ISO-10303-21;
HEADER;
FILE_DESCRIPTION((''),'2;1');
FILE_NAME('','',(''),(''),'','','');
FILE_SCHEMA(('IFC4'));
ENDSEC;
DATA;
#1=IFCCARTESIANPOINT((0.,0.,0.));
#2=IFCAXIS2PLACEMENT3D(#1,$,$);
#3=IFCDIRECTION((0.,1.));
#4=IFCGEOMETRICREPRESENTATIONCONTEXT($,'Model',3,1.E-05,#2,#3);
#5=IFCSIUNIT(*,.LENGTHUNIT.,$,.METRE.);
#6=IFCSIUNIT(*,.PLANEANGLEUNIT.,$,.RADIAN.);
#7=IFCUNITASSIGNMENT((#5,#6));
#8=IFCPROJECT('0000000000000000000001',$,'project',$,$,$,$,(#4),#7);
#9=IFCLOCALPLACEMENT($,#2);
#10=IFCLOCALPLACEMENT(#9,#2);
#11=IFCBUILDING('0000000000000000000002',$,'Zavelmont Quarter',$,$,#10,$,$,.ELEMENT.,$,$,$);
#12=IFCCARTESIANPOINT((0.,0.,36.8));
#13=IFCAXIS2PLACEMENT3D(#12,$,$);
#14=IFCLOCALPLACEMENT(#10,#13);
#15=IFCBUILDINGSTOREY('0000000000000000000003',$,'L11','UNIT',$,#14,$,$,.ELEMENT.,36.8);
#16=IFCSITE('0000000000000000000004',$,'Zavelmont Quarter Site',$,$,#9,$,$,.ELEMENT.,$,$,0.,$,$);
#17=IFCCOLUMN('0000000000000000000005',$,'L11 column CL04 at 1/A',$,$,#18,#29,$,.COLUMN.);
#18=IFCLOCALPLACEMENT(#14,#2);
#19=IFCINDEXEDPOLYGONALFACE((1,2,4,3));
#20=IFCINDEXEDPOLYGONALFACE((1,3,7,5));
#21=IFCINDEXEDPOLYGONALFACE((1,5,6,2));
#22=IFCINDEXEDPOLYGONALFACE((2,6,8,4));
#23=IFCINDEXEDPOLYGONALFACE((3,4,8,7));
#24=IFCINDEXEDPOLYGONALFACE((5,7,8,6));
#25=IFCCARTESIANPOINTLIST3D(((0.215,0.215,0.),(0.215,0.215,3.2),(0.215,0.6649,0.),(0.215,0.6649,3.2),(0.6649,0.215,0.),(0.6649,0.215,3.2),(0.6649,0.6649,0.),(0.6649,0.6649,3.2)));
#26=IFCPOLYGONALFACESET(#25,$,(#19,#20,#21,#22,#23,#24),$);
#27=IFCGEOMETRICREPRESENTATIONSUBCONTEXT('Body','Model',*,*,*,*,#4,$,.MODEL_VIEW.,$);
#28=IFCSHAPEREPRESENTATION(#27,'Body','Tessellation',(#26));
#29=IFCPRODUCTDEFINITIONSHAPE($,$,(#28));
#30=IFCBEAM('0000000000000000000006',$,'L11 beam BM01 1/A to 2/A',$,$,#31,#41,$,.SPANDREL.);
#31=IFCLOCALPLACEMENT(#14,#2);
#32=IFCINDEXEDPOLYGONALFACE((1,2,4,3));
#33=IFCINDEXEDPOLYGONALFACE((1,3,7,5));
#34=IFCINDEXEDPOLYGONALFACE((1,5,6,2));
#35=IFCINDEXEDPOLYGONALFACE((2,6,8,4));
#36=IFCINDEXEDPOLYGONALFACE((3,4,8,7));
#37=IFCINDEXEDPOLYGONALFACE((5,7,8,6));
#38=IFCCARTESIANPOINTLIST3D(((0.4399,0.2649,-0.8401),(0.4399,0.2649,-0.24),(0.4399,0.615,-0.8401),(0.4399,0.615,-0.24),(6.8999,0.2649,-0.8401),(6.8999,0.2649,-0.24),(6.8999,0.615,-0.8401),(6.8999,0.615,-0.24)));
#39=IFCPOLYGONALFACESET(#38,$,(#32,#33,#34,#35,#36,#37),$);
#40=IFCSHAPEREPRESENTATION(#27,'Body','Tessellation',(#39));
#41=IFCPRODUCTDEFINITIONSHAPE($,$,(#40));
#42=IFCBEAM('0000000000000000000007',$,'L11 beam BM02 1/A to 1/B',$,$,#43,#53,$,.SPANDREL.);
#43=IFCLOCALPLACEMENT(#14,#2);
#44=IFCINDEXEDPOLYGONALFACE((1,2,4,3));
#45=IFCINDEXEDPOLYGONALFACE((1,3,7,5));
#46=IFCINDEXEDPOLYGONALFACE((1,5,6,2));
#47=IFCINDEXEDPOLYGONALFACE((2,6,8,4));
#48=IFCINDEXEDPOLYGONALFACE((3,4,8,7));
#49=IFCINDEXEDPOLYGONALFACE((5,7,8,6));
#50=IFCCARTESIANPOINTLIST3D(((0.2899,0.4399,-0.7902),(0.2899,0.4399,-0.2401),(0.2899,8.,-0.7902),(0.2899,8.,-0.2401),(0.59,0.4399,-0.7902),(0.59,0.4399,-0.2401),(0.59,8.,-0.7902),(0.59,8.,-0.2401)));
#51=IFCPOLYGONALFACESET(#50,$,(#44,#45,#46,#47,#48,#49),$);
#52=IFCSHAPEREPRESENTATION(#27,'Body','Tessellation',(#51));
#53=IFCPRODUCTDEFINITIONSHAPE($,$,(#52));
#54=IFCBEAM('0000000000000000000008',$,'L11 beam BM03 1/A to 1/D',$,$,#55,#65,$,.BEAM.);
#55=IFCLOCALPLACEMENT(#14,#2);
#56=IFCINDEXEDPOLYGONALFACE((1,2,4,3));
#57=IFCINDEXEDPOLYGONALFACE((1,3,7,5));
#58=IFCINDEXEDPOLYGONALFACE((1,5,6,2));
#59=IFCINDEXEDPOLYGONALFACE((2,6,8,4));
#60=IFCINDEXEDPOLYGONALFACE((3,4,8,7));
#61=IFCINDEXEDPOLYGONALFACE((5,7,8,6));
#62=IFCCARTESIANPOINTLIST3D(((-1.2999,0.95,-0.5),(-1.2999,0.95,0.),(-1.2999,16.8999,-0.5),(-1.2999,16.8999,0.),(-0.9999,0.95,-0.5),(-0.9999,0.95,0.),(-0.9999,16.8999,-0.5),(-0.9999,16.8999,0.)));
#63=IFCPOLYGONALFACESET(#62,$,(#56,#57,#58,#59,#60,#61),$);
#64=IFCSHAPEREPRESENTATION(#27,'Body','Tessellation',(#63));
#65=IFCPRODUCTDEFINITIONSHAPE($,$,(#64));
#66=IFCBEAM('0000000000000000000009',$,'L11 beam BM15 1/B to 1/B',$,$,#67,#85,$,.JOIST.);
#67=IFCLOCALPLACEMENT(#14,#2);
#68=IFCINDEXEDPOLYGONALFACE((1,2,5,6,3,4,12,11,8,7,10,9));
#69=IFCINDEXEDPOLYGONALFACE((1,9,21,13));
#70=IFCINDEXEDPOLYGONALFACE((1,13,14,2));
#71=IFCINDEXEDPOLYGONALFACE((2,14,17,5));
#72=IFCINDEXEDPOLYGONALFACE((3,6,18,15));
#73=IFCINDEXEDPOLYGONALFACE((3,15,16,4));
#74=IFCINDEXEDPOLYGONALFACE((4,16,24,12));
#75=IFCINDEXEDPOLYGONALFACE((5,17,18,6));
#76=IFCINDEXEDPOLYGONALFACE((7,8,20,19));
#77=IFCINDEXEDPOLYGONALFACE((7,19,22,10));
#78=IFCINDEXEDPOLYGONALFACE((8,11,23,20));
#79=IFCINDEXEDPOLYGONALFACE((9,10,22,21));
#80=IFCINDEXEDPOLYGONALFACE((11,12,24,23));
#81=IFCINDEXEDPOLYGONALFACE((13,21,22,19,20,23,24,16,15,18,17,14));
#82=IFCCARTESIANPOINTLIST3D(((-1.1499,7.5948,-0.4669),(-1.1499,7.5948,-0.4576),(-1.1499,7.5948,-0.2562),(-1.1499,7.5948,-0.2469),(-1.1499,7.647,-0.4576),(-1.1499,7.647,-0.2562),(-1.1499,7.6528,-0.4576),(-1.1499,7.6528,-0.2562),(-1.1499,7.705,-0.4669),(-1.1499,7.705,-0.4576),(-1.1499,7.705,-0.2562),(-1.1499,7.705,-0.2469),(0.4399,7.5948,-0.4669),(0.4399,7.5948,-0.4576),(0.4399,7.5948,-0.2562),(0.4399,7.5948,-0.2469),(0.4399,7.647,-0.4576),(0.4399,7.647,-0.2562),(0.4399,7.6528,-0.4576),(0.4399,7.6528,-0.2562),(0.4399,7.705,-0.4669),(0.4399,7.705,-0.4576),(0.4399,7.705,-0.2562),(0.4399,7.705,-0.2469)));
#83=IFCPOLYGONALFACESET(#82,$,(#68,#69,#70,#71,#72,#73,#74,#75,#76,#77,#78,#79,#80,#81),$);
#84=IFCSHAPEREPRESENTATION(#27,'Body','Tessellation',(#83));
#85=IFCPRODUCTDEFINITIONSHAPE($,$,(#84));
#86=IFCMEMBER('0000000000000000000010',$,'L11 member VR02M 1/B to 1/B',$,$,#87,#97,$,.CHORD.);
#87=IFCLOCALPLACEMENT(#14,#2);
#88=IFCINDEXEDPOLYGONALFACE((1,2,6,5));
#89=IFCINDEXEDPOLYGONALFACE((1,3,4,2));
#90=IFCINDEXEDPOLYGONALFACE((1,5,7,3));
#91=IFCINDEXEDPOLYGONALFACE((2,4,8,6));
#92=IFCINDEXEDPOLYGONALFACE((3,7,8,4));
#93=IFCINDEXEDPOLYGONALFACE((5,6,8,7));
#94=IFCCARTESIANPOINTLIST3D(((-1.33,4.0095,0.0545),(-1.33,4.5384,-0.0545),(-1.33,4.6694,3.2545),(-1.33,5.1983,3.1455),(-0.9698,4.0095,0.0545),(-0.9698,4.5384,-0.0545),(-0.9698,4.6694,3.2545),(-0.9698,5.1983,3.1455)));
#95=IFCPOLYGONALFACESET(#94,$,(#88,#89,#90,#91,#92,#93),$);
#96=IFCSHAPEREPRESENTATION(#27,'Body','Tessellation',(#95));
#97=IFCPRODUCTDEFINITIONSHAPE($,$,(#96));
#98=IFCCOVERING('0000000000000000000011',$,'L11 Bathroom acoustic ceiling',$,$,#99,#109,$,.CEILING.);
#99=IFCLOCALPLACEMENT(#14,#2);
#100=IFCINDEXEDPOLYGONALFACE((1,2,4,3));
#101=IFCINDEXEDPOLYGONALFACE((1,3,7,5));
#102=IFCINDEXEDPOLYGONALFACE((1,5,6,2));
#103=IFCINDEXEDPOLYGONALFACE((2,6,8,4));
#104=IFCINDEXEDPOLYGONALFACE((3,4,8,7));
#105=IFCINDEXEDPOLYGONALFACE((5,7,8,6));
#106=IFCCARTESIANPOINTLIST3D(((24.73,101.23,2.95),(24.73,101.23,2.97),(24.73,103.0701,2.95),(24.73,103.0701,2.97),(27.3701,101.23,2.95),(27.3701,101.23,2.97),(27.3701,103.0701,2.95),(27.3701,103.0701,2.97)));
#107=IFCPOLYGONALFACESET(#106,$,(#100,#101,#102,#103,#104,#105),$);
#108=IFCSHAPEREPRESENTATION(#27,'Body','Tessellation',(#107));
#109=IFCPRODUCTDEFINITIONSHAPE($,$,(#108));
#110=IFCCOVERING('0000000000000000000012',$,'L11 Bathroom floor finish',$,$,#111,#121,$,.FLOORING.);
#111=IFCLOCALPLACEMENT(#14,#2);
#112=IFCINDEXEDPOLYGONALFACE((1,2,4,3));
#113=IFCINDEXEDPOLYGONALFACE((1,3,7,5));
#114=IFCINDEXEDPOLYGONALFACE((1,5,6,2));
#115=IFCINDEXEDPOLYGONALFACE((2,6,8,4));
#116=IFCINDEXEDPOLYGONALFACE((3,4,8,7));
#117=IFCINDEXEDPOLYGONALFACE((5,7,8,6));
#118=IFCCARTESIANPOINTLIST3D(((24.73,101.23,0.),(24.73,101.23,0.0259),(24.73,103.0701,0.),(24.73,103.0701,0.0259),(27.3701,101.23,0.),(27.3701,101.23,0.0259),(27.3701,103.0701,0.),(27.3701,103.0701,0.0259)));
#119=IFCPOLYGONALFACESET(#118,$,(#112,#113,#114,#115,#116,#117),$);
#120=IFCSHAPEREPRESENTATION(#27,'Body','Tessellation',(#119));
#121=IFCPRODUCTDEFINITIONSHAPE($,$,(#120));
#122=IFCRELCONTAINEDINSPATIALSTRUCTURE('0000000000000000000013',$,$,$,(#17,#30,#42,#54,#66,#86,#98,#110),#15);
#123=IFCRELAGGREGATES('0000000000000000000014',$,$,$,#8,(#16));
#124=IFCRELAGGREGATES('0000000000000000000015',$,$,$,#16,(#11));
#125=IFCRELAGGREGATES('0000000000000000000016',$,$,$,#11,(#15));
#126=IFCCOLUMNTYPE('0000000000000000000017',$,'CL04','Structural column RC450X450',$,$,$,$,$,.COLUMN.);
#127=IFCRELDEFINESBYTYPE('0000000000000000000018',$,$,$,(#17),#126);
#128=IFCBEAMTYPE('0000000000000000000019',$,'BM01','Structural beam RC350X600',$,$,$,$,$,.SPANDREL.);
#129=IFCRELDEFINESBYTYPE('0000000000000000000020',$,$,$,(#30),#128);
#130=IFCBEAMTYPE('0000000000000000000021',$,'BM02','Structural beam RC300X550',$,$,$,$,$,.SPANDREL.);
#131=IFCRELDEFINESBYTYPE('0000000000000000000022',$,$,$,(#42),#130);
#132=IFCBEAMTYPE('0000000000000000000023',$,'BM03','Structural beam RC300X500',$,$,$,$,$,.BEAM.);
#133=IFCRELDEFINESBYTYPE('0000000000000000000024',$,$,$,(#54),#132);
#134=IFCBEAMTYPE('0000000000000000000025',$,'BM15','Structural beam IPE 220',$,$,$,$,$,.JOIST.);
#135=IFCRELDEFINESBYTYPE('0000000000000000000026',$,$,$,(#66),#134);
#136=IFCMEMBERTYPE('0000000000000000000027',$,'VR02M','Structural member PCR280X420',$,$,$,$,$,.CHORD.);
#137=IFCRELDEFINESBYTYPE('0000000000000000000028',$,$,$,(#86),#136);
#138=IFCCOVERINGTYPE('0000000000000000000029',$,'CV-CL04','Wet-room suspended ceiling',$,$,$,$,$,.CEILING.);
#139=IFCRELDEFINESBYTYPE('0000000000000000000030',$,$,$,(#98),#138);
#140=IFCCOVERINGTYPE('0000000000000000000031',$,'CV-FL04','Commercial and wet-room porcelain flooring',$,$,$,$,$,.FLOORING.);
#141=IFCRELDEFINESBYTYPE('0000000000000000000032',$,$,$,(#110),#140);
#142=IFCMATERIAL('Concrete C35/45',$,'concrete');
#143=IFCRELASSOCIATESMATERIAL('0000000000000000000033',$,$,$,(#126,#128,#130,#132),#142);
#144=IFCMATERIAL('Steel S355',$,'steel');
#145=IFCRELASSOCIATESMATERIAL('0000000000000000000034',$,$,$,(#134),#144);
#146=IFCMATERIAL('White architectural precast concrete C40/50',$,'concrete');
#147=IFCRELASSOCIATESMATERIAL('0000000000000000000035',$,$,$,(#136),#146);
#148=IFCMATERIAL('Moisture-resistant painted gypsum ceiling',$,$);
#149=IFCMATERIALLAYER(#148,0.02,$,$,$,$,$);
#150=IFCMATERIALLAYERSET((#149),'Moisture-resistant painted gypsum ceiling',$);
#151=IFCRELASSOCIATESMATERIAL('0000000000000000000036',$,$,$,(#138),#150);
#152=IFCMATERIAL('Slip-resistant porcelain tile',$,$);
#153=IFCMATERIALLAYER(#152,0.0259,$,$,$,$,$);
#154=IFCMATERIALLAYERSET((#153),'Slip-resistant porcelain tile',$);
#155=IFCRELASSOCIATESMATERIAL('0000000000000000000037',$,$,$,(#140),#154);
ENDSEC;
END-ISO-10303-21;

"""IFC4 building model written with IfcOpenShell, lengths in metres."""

from ifc_helpers import new_model, si_unit, direction, frame, origin, origin_2d, place, context, subcontext, project, spatial, polyline, rectangle, i_section, outline, extrude, material, layer, layer_set, material_profile, profile_set, type_object, element, save


model = new_model("IFC4")

# Units and contexts
model_context = context("Model", 3, precision=1e-05, world=origin(), true_north=direction((0.0, 1.0)))
body_context = subcontext(model_context, "Body", "Model", "MODEL_VIEW")
ifc_project = project(units=[si_unit("LENGTHUNIT", "METRE"), si_unit("PLANEANGLEUNIT", "RADIAN")], contexts=[model_context])

# Site, building, storey
site_placement = place(None, origin())
site = spatial("IfcSite", under=ifc_project, at=site_placement, Name="Zavelmont Quarter Site", CompositionType="ELEMENT", RefElevation=0.0)
building_placement = place(site_placement, origin())
building = spatial("IfcBuilding", under=site, at=building_placement, Name="Zavelmont Quarter", CompositionType="ELEMENT")
storey_placement = place(building_placement, frame((0.0, 0.0, 36.8)))
storey = spatial("IfcBuildingStorey", under=building, at=storey_placement, Name="L11", Description="UNIT", CompositionType="ELEMENT", Elevation=36.8)

# Column
ifc_material_1 = material(Name="Concrete C35/45", Category="concrete")
ifc_material_profile_1 = material_profile(ifc_material_1, rectangle(XDim=0.45, YDim=0.45, at=origin_2d()), Name="RC450X450")
ifc_profile_set_1 = profile_set([ifc_material_profile_1], Name="Concrete C35/45")
column_type = type_object("IfcColumnType", Name="CL04", Description="Structural column RC450X450", PredefinedType="COLUMN", material=ifc_profile_set_1)
column_placement = place(storey_placement, frame((0.4399, 0.4399, 0.0), z_axis=(0.0, 0.0, 1.0), x_axis=(1.0, 0.0, 0.0)))
element("IfcColumn", 1, at=column_placement, inside=storey, type_object=column_type, Name="L11 column CL04 at 1/A", PredefinedType="COLUMN", context=body_context, shape_type="SweptSolid", body=[
    extrude(rectangle(XDim=0.45, YDim=0.45, at=origin_2d()), origin(), (0.0, 0.0, 1.0), 3.2),
])

# Beams
ifc_material_profile_2 = material_profile(ifc_material_1, rectangle(XDim=0.3501, YDim=0.6001, at=origin_2d()), Name="RC350X600")
ifc_profile_set_2 = profile_set([ifc_material_profile_2], Name="Concrete C35/45")
beam_type_1 = type_object("IfcBeamType", Name="BM01", Description="Structural beam RC350X600", PredefinedType="SPANDREL", material=ifc_profile_set_2)
beam_1_placement = place(storey_placement, frame((0.4399, 0.4399, -0.54), z_axis=(1.0, 0.0, 0.0), x_axis=(0.0, 1.0, 0.0)))
element("IfcBeam", 2, at=beam_1_placement, inside=storey, type_object=beam_type_1, Name="L11 beam BM01 1/A to 2/A", PredefinedType="SPANDREL", context=body_context, shape_type="SweptSolid", body=[
    extrude(rectangle(XDim=0.3501, YDim=0.6001, at=origin_2d()), origin(), (0.0, 0.0, 1.0), 6.46),
])
ifc_material_profile_3 = material_profile(ifc_material_1, rectangle(XDim=0.3, YDim=0.55, at=origin_2d()), Name="RC300X550")
ifc_profile_set_3 = profile_set([ifc_material_profile_3], Name="Concrete C35/45")
beam_type_2 = type_object("IfcBeamType", Name="BM02", Description="Structural beam RC300X550", PredefinedType="SPANDREL", material=ifc_profile_set_3)
beam_2_placement = place(storey_placement, frame((0.4399, 0.4399, -0.5151), z_axis=(0.0, 1.0, 0.0), x_axis=(-1.0, 0.0, 0.0)))
element("IfcBeam", 3, at=beam_2_placement, inside=storey, type_object=beam_type_2, Name="L11 beam BM02 1/A to 1/B", PredefinedType="SPANDREL", context=body_context, shape_type="SweptSolid", body=[
    extrude(rectangle(XDim=0.3, YDim=0.55, at=origin_2d()), origin(), (0.0, 0.0, 1.0), 7.5601),
])
ifc_material_profile_4 = material_profile(ifc_material_1, rectangle(XDim=0.3, YDim=0.5, at=origin_2d()), Name="RC300X500")
ifc_profile_set_4 = profile_set([ifc_material_profile_4], Name="Concrete C35/45")
beam_type_3 = type_object("IfcBeamType", Name="BM03", Description="Structural beam RC300X500", PredefinedType="BEAM", material=ifc_profile_set_4)
beam_3_placement = place(storey_placement, frame((-1.1499, 0.95, -0.25), z_axis=(0.0, 1.0, 0.0), x_axis=(-1.0, 0.0, 0.0)))
element("IfcBeam", 4, at=beam_3_placement, inside=storey, type_object=beam_type_3, Name="L11 beam BM03 1/A to 1/D", PredefinedType="BEAM", context=body_context, shape_type="SweptSolid", body=[
    extrude(rectangle(XDim=0.3, YDim=0.5, at=origin_2d()), origin(), (0.0, 0.0, 1.0), 15.95),
])
ifc_material_2 = material(Name="Steel S355", Category="steel")
ifc_material_profile_5 = material_profile(ifc_material_2, i_section(OverallWidth=0.1101, OverallDepth=0.22, WebThickness=0.0059, FlangeThickness=0.0093, at=origin_2d()), Name="IPE 220")
ifc_profile_set_5 = profile_set([ifc_material_profile_5], Name="Steel S355")
beam_type_4 = type_object("IfcBeamType", Name="BM15", Description="Structural beam IPE 220", PredefinedType="JOIST", material=ifc_profile_set_5)
beam_4_placement = place(storey_placement, frame((0.4399, 7.6499, -0.3569), z_axis=(-1.0, 0.0, 0.0), x_axis=(0.0, -1.0, 0.0)))
element("IfcBeam", 5, at=beam_4_placement, inside=storey, type_object=beam_type_4, Name="L11 beam BM15 1/B to 1/B", PredefinedType="JOIST", context=body_context, shape_type="SweptSolid", body=[
    extrude(i_section(OverallWidth=0.1101, OverallDepth=0.22, WebThickness=0.0059, FlangeThickness=0.0093, at=origin_2d()), origin(), (0.0, 0.0, 1.0), 1.5898),
])

# Member
ifc_material_3 = material(Name="White architectural precast concrete C40/50", Category="concrete")
ifc_material_profile_6 = material_profile(ifc_material_3, rectangle(XDim=0.3601, YDim=0.54, at=origin_2d()), Name="PCR280X420")
ifc_profile_set_6 = profile_set([ifc_material_profile_6], Name="White architectural precast concrete C40/50")
member_type = type_object("IfcMemberType", Name="VR02M", Description="Structural member PCR280X420", PredefinedType="CHORD", material=ifc_profile_set_6)
member_placement = place(storey_placement, frame((-1.1499, 4.2739, 0.0), z_axis=(0.0, 0.201975, 0.979391), x_axis=(-1.0, 0.0, 0.0)))
element("IfcMember", 6, at=member_placement, inside=storey, type_object=member_type, Name="L11 member VR02M 1/B to 1/B", PredefinedType="CHORD", context=body_context, shape_type="SweptSolid", body=[
    extrude(rectangle(XDim=0.3601, YDim=0.54, at=origin_2d()), origin(), (0.0, 0.0, 1.0), 3.2673),
])

# Coverings
ifc_material_4 = material(Name="Moisture-resistant painted gypsum ceiling")
ifc_layer_1 = layer(ifc_material_4, 0.02)
ifc_layer_set_1 = layer_set([ifc_layer_1], Name="Moisture-resistant painted gypsum ceiling")
covering_type_1 = type_object("IfcCoveringType", Name="CV-CL04", Description="Wet-room suspended ceiling", PredefinedType="CEILING", material=ifc_layer_set_1)
covering_1_placement = place(storey_placement, frame((0.0, 0.0, 2.95)))
element("IfcCovering", 7, at=covering_1_placement, inside=storey, type_object=covering_type_1, Name="L11 Bathroom acoustic ceiling", PredefinedType="CEILING", context=body_context, shape_type="SweptSolid", body=[
    extrude(outline(polyline([(24.73, 103.0701), (27.3701, 103.0701), (27.3701, 101.23), (24.73, 101.23), (24.73, 103.0701)])), origin(), (0.0, 0.0, 1.0), 0.02),
])
ifc_material_5 = material(Name="Slip-resistant porcelain tile")
ifc_layer_2 = layer(ifc_material_5, 0.0259)
ifc_layer_set_2 = layer_set([ifc_layer_2], Name="Slip-resistant porcelain tile")
covering_type_2 = type_object("IfcCoveringType", Name="CV-FL04", Description="Commercial and wet-room porcelain flooring", PredefinedType="FLOORING", material=ifc_layer_set_2)
covering_2_placement = place(storey_placement, origin())
element("IfcCovering", 8, at=covering_2_placement, inside=storey, type_object=covering_type_2, Name="L11 Bathroom floor finish", PredefinedType="FLOORING", context=body_context, shape_type="SweptSolid", body=[
    extrude(outline(polyline([(24.73, 103.0701), (27.3701, 103.0701), (27.3701, 101.23), (24.73, 101.23), (24.73, 103.0701)])), origin(), (0.0, 0.0, 1.0), 0.0259),
])

save(model, "model.ifc")
